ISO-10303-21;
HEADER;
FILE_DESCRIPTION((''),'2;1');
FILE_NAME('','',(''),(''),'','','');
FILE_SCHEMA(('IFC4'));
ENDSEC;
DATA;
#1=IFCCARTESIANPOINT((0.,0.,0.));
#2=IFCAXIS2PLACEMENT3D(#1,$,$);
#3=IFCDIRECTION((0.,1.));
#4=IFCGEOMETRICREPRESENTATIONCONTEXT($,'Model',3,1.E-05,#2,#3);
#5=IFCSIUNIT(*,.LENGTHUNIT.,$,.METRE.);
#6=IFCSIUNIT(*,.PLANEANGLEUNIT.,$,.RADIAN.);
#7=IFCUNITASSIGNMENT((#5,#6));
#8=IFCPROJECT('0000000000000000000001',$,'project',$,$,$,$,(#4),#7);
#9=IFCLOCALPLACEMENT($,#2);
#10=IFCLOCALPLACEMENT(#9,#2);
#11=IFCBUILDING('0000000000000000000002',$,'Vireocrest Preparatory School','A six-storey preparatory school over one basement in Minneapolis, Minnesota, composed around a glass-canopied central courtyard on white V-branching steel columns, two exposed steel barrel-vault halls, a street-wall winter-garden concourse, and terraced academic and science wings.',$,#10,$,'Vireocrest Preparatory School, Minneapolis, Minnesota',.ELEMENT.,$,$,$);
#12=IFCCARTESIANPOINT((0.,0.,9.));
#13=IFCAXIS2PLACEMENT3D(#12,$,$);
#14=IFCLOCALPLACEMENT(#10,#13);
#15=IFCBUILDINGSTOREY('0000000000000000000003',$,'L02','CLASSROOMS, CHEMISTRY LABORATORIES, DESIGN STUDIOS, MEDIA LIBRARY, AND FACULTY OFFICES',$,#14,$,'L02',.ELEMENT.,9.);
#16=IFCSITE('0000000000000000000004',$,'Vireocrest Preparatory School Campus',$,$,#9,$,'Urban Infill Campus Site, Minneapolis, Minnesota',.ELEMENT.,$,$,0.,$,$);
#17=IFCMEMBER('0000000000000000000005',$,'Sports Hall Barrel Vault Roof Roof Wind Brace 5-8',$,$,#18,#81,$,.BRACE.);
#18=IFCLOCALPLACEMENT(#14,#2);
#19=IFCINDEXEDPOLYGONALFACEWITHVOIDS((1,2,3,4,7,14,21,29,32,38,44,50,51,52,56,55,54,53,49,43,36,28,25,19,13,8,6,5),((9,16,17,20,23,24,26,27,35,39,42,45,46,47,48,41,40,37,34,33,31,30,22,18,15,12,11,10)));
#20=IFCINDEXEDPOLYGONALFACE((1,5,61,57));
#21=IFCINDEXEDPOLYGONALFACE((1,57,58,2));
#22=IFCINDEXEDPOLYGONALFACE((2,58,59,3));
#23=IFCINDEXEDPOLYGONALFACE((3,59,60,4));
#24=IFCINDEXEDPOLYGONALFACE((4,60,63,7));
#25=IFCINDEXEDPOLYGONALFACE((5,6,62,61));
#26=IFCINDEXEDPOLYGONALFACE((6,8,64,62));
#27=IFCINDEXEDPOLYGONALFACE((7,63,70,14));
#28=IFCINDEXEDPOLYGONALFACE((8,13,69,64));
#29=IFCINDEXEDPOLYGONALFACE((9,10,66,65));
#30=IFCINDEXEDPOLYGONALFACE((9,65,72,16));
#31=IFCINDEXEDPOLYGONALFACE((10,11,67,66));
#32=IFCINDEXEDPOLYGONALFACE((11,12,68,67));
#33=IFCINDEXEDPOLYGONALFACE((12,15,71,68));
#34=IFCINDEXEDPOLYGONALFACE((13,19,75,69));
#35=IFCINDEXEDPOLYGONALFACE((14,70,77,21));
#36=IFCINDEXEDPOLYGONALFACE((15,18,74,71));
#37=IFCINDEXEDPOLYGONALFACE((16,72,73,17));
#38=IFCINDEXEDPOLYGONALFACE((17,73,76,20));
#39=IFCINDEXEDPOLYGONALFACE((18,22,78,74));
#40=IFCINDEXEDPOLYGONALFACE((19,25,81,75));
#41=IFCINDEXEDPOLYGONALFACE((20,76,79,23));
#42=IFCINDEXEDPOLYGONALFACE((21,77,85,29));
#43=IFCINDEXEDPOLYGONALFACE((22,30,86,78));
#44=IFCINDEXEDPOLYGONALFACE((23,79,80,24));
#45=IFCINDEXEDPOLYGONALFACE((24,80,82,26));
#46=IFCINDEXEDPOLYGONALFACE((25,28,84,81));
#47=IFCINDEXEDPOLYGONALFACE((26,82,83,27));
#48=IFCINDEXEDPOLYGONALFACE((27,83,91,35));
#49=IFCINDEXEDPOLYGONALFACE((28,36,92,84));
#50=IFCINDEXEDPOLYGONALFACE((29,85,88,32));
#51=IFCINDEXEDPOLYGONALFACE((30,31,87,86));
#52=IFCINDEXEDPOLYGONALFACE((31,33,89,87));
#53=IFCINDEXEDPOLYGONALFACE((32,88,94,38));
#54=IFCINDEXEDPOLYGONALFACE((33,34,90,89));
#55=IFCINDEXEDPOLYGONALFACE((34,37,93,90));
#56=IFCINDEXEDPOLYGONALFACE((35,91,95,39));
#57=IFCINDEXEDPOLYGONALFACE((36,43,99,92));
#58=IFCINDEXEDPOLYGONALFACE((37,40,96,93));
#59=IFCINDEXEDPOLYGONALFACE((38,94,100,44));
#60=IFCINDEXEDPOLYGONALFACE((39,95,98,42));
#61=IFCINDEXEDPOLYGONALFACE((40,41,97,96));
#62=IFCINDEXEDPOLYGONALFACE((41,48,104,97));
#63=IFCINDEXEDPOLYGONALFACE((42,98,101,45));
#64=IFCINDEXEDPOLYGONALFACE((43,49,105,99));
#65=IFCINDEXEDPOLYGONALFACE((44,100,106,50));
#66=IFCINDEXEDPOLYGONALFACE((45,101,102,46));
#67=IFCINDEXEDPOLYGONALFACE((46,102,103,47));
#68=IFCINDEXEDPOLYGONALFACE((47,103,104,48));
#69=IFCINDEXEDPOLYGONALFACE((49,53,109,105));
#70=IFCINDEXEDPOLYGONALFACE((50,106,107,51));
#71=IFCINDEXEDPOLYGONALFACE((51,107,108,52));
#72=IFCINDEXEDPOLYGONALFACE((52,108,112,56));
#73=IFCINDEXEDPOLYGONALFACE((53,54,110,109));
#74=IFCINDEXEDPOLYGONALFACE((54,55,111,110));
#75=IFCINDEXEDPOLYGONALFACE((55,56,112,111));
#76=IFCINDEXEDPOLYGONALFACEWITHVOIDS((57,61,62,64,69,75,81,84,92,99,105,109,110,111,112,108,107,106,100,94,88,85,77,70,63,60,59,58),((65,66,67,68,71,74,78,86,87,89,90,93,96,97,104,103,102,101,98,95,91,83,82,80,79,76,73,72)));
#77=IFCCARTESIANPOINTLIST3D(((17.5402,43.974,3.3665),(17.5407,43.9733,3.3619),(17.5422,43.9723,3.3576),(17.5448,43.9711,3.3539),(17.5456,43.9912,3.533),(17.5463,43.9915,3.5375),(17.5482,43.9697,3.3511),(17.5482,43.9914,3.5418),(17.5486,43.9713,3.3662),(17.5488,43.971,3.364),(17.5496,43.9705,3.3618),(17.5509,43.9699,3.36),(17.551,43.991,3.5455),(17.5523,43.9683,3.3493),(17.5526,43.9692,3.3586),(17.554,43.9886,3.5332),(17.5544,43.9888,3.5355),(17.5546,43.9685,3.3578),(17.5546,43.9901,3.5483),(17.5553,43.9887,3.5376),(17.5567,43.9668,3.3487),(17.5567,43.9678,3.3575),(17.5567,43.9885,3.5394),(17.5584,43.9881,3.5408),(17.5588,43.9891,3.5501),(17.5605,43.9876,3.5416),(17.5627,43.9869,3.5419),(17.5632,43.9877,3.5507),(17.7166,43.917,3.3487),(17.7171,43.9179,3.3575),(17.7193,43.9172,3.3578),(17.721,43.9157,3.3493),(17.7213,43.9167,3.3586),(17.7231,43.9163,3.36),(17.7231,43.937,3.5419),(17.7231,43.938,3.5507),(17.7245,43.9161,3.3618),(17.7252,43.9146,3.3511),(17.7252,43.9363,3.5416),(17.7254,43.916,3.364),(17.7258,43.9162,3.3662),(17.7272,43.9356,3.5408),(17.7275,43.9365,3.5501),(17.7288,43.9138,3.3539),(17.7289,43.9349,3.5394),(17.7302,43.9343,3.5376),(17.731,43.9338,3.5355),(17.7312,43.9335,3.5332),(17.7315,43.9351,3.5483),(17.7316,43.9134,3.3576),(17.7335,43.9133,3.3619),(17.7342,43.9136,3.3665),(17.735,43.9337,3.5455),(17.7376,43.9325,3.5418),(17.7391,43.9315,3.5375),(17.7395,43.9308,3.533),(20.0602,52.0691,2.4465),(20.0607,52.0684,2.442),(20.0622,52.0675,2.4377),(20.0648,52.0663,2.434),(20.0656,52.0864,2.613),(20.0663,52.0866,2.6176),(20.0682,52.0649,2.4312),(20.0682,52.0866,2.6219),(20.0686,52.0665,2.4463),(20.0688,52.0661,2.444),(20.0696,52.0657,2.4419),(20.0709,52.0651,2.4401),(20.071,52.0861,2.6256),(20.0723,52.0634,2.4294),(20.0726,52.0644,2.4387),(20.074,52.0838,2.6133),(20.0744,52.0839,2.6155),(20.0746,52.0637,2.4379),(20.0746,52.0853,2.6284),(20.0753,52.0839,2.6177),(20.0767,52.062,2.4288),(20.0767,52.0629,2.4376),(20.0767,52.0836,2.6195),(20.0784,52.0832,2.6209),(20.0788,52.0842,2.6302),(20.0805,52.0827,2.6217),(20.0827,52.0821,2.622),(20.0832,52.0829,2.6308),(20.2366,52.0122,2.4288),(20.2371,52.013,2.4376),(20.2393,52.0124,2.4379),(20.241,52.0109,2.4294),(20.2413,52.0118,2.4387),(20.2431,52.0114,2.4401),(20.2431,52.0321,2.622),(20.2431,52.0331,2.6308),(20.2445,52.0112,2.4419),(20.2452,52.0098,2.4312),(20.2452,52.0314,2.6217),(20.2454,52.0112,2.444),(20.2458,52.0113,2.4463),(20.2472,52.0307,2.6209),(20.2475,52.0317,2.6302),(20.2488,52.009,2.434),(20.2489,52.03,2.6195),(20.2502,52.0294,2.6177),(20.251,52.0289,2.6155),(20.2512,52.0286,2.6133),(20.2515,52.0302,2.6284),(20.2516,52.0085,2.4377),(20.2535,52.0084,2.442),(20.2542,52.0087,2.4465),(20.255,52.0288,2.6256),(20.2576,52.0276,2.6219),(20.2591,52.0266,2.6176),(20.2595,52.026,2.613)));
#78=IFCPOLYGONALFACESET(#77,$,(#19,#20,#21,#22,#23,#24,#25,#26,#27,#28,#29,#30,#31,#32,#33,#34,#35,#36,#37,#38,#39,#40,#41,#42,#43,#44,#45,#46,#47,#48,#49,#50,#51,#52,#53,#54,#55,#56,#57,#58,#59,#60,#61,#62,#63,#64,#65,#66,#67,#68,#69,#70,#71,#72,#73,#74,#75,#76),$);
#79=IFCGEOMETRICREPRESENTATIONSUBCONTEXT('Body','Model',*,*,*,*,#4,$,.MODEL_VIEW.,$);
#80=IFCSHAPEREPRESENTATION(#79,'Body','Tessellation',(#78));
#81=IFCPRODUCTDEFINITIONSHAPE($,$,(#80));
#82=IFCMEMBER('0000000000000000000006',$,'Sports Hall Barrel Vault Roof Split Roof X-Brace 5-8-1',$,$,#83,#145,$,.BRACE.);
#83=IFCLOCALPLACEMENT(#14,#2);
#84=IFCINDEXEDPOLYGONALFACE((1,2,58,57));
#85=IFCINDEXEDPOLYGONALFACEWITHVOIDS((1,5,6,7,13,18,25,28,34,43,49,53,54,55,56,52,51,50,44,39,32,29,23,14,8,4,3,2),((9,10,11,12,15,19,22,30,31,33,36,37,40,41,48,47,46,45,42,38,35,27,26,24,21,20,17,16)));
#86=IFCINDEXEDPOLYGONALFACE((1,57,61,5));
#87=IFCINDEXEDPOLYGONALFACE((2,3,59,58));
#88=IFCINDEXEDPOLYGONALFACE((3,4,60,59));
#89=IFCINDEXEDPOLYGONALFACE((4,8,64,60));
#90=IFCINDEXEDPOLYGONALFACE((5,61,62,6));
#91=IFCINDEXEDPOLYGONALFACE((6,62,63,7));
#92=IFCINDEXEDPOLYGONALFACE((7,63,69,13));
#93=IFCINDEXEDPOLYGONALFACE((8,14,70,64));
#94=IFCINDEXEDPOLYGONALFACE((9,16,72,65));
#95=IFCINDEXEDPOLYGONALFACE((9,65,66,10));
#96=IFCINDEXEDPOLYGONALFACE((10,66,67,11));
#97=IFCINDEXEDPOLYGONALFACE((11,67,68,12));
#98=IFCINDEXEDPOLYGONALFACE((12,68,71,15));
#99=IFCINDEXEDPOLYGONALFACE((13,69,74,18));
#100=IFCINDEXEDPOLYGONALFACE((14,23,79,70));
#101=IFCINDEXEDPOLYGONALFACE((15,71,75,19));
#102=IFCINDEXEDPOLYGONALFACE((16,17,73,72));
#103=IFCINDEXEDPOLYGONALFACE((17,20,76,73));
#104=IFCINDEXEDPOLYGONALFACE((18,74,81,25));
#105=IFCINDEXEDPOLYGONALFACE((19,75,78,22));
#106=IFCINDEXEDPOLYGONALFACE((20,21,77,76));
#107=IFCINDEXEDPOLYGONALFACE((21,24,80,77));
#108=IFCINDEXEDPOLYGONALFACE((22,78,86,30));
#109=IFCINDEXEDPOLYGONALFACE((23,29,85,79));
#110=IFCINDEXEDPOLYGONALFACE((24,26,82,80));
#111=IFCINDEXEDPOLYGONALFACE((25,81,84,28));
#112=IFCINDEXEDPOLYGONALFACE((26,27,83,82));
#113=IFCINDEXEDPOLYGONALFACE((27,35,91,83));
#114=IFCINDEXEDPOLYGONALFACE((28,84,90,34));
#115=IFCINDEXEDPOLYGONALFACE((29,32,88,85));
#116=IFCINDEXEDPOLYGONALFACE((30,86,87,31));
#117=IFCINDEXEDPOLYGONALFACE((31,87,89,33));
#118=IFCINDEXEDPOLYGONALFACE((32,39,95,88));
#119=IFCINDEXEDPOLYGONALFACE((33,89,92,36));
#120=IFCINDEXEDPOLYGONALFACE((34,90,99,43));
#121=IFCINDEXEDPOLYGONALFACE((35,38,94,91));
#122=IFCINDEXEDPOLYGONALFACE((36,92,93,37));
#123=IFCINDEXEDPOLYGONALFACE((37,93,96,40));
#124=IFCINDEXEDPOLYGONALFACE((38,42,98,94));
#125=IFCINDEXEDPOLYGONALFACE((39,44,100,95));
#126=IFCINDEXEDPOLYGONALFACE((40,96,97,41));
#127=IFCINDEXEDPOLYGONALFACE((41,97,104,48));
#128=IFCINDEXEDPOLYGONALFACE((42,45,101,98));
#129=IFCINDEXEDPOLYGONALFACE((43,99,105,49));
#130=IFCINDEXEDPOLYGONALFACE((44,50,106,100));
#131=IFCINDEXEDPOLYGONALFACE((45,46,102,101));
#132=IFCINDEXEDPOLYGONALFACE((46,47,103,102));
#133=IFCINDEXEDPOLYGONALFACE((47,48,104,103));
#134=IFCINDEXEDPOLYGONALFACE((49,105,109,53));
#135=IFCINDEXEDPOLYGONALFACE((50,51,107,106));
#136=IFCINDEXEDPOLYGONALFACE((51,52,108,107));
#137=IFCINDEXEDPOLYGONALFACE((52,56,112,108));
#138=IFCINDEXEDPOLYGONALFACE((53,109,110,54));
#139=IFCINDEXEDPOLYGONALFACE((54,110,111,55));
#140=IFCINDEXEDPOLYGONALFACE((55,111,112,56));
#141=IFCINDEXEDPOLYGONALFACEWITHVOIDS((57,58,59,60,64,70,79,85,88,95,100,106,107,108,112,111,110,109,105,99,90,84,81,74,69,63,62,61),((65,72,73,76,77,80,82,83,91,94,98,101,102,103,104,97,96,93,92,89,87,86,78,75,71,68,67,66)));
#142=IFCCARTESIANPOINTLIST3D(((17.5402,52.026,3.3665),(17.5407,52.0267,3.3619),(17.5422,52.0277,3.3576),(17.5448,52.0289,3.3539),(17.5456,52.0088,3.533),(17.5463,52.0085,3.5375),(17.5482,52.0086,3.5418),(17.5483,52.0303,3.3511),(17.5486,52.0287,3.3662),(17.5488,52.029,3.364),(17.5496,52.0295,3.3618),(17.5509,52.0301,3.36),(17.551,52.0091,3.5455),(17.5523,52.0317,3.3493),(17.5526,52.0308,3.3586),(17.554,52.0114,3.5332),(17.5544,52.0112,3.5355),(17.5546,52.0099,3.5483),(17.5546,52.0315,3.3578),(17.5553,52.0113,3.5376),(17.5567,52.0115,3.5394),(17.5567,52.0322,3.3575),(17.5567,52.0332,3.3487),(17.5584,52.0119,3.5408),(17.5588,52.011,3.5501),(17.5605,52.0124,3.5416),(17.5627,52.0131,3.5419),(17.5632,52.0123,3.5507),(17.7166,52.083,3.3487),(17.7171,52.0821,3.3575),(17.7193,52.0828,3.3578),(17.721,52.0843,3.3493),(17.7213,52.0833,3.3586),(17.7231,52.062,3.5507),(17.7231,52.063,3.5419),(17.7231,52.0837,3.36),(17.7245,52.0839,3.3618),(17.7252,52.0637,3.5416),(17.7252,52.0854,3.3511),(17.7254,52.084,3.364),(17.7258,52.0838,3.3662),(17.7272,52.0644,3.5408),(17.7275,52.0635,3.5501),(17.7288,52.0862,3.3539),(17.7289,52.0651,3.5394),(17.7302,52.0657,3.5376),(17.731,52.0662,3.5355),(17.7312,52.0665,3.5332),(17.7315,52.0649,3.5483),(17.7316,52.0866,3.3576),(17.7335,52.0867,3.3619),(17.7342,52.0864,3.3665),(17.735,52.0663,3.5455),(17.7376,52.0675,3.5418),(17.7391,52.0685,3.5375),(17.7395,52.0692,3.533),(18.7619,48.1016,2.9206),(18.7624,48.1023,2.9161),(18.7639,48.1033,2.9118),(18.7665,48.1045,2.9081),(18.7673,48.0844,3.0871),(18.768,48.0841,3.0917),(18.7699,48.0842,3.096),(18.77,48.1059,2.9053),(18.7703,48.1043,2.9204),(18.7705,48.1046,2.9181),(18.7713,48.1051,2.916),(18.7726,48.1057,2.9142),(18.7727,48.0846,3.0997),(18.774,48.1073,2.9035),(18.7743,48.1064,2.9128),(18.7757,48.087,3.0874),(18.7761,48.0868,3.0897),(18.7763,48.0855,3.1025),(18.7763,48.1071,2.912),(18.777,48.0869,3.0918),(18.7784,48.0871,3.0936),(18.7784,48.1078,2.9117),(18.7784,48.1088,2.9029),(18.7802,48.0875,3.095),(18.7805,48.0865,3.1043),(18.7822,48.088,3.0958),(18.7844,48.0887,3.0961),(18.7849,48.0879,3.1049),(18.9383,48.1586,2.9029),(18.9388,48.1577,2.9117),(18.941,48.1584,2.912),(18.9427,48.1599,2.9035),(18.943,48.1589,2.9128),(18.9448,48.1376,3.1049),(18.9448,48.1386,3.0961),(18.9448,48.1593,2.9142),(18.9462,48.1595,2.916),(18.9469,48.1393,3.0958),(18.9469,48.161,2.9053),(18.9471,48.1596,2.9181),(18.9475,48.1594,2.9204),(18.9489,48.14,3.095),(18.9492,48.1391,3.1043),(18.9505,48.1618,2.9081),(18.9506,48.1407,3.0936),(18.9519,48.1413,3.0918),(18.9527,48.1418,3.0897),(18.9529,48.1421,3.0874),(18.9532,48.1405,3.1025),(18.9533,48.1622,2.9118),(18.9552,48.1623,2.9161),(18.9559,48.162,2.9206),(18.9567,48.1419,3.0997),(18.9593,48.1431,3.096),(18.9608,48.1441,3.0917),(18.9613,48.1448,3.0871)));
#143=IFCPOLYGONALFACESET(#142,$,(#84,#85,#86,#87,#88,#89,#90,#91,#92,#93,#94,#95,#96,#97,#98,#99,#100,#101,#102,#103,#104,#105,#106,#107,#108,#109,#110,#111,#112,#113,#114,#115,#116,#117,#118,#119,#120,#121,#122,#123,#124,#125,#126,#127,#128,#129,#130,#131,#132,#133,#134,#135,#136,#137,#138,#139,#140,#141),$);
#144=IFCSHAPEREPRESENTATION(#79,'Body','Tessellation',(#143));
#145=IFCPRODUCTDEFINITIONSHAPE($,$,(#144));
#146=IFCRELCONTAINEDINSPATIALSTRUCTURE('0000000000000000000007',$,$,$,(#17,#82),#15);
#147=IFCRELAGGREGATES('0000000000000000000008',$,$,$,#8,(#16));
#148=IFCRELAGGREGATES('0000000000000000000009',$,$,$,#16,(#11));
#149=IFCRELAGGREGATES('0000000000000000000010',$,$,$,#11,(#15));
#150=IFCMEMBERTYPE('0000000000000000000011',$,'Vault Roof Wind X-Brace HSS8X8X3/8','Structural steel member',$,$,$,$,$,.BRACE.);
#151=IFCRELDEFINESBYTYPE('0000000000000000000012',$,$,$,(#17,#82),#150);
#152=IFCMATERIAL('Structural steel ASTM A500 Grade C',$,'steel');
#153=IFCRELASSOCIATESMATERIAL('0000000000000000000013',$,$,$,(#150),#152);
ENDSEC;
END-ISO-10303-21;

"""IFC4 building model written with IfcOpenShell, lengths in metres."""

from ifc_helpers import new_model, si_unit, direction, frame, origin, origin_2d, place, context, subcontext, project, spatial, hollow_rectangle, extrude, material, material_profile, profile_set, type_object, element, save


model = new_model("IFC4")

# Units and contexts
model_context = context("Model", 3, precision=1e-05, world=origin(), true_north=direction((0.0, 1.0)))
body_context = subcontext(model_context, "Body", "Model", "MODEL_VIEW")
ifc_project = project(units=[si_unit("LENGTHUNIT", "METRE"), si_unit("PLANEANGLEUNIT", "RADIAN")], contexts=[model_context])

# Site, building, storey
site_placement = place(None, origin())
site = spatial("IfcSite", under=ifc_project, at=site_placement, Name="Vireocrest Preparatory School Campus", LongName="Urban Infill Campus Site, Minneapolis, Minnesota", CompositionType="ELEMENT", RefElevation=0.0)
building_placement = place(site_placement, origin())
building = spatial("IfcBuilding", under=site, at=building_placement, Name="Vireocrest Preparatory School", Description="A six-storey preparatory school over one basement in Minneapolis, Minnesota, composed around a glass-canopied central courtyard on white V-branching steel columns, two exposed steel barrel-vault halls, a street-wall winter-garden concourse, and terraced academic and science wings.", LongName="Vireocrest Preparatory School, Minneapolis, Minnesota", CompositionType="ELEMENT")
storey_placement = place(building_placement, frame((0.0, 0.0, 9.0)))
storey = spatial("IfcBuildingStorey", under=building, at=storey_placement, Name="L02", Description="CLASSROOMS, CHEMISTRY LABORATORIES, DESIGN STUDIOS, MEDIA LIBRARY, AND FACULTY OFFICES", LongName="L02", CompositionType="ELEMENT", Elevation=9.0)

# Shared definitions
ifc_material_1 = material(Name="Structural steel ASTM A500 Grade C", Category="steel")

# Members
ifc_material_profile_1 = material_profile(ifc_material_1, hollow_rectangle(XDim=0.2031, YDim=0.2031, WallThickness=0.0088, InnerFilletRadius=0.0088, OuterFilletRadius=0.0178, at=origin_2d()), Name="HSS8X8X3/8")
ifc_profile_set_1 = profile_set([ifc_material_profile_1], Name="Structural steel ASTM A500 Grade C")
member_type_1 = type_object("IfcMemberType", Name="Vault Roof Wind X-Brace HSS8X8X3/8", Description="Structural steel member", PredefinedType="BRACE", material=ifc_profile_set_1)
member_1_placement = place(storey_placement, frame((17.6399, 43.9524, 3.4497), z_axis=(0.295494, 0.949235, -0.107869), x_axis=(-0.954806, 0.297229, 0.0)))
element("IfcMember", 1, at=member_1_placement, inside=storey, type_object=member_type_1, Name="Sports Hall Barrel Vault Roof Roof Wind Brace 5-8", PredefinedType="BRACE", context=body_context, shape_type="SweptSolid", body=[
    extrude(hollow_rectangle(XDim=0.2031, YDim=0.2031, WallThickness=0.0088, InnerFilletRadius=0.0088, OuterFilletRadius=0.0178, at=origin_2d()), origin(), (0.0, 0.0, 1.0), 8.5281),
])
member_2_placement = place(storey_placement, frame((17.6399, 52.0476, 3.4497), z_axis=(0.295507, -0.949235, -0.107833), x_axis=(0.954803, 0.29724, 0.0)))
element("IfcMember", 2, at=member_2_placement, inside=storey, type_object=member_type_1, Name="Sports Hall Barrel Vault Roof Split Roof X-Brace 5-8-1", PredefinedType="BRACE", context=body_context, shape_type="SweptSolid", body=[
    extrude(hollow_rectangle(XDim=0.2031, YDim=0.2031, WallThickness=0.0088, InnerFilletRadius=0.0088, OuterFilletRadius=0.0178, at=origin_2d()), origin(), (0.0, 0.0, 1.0), 4.1343),
])

save(model, "model.ifc")
